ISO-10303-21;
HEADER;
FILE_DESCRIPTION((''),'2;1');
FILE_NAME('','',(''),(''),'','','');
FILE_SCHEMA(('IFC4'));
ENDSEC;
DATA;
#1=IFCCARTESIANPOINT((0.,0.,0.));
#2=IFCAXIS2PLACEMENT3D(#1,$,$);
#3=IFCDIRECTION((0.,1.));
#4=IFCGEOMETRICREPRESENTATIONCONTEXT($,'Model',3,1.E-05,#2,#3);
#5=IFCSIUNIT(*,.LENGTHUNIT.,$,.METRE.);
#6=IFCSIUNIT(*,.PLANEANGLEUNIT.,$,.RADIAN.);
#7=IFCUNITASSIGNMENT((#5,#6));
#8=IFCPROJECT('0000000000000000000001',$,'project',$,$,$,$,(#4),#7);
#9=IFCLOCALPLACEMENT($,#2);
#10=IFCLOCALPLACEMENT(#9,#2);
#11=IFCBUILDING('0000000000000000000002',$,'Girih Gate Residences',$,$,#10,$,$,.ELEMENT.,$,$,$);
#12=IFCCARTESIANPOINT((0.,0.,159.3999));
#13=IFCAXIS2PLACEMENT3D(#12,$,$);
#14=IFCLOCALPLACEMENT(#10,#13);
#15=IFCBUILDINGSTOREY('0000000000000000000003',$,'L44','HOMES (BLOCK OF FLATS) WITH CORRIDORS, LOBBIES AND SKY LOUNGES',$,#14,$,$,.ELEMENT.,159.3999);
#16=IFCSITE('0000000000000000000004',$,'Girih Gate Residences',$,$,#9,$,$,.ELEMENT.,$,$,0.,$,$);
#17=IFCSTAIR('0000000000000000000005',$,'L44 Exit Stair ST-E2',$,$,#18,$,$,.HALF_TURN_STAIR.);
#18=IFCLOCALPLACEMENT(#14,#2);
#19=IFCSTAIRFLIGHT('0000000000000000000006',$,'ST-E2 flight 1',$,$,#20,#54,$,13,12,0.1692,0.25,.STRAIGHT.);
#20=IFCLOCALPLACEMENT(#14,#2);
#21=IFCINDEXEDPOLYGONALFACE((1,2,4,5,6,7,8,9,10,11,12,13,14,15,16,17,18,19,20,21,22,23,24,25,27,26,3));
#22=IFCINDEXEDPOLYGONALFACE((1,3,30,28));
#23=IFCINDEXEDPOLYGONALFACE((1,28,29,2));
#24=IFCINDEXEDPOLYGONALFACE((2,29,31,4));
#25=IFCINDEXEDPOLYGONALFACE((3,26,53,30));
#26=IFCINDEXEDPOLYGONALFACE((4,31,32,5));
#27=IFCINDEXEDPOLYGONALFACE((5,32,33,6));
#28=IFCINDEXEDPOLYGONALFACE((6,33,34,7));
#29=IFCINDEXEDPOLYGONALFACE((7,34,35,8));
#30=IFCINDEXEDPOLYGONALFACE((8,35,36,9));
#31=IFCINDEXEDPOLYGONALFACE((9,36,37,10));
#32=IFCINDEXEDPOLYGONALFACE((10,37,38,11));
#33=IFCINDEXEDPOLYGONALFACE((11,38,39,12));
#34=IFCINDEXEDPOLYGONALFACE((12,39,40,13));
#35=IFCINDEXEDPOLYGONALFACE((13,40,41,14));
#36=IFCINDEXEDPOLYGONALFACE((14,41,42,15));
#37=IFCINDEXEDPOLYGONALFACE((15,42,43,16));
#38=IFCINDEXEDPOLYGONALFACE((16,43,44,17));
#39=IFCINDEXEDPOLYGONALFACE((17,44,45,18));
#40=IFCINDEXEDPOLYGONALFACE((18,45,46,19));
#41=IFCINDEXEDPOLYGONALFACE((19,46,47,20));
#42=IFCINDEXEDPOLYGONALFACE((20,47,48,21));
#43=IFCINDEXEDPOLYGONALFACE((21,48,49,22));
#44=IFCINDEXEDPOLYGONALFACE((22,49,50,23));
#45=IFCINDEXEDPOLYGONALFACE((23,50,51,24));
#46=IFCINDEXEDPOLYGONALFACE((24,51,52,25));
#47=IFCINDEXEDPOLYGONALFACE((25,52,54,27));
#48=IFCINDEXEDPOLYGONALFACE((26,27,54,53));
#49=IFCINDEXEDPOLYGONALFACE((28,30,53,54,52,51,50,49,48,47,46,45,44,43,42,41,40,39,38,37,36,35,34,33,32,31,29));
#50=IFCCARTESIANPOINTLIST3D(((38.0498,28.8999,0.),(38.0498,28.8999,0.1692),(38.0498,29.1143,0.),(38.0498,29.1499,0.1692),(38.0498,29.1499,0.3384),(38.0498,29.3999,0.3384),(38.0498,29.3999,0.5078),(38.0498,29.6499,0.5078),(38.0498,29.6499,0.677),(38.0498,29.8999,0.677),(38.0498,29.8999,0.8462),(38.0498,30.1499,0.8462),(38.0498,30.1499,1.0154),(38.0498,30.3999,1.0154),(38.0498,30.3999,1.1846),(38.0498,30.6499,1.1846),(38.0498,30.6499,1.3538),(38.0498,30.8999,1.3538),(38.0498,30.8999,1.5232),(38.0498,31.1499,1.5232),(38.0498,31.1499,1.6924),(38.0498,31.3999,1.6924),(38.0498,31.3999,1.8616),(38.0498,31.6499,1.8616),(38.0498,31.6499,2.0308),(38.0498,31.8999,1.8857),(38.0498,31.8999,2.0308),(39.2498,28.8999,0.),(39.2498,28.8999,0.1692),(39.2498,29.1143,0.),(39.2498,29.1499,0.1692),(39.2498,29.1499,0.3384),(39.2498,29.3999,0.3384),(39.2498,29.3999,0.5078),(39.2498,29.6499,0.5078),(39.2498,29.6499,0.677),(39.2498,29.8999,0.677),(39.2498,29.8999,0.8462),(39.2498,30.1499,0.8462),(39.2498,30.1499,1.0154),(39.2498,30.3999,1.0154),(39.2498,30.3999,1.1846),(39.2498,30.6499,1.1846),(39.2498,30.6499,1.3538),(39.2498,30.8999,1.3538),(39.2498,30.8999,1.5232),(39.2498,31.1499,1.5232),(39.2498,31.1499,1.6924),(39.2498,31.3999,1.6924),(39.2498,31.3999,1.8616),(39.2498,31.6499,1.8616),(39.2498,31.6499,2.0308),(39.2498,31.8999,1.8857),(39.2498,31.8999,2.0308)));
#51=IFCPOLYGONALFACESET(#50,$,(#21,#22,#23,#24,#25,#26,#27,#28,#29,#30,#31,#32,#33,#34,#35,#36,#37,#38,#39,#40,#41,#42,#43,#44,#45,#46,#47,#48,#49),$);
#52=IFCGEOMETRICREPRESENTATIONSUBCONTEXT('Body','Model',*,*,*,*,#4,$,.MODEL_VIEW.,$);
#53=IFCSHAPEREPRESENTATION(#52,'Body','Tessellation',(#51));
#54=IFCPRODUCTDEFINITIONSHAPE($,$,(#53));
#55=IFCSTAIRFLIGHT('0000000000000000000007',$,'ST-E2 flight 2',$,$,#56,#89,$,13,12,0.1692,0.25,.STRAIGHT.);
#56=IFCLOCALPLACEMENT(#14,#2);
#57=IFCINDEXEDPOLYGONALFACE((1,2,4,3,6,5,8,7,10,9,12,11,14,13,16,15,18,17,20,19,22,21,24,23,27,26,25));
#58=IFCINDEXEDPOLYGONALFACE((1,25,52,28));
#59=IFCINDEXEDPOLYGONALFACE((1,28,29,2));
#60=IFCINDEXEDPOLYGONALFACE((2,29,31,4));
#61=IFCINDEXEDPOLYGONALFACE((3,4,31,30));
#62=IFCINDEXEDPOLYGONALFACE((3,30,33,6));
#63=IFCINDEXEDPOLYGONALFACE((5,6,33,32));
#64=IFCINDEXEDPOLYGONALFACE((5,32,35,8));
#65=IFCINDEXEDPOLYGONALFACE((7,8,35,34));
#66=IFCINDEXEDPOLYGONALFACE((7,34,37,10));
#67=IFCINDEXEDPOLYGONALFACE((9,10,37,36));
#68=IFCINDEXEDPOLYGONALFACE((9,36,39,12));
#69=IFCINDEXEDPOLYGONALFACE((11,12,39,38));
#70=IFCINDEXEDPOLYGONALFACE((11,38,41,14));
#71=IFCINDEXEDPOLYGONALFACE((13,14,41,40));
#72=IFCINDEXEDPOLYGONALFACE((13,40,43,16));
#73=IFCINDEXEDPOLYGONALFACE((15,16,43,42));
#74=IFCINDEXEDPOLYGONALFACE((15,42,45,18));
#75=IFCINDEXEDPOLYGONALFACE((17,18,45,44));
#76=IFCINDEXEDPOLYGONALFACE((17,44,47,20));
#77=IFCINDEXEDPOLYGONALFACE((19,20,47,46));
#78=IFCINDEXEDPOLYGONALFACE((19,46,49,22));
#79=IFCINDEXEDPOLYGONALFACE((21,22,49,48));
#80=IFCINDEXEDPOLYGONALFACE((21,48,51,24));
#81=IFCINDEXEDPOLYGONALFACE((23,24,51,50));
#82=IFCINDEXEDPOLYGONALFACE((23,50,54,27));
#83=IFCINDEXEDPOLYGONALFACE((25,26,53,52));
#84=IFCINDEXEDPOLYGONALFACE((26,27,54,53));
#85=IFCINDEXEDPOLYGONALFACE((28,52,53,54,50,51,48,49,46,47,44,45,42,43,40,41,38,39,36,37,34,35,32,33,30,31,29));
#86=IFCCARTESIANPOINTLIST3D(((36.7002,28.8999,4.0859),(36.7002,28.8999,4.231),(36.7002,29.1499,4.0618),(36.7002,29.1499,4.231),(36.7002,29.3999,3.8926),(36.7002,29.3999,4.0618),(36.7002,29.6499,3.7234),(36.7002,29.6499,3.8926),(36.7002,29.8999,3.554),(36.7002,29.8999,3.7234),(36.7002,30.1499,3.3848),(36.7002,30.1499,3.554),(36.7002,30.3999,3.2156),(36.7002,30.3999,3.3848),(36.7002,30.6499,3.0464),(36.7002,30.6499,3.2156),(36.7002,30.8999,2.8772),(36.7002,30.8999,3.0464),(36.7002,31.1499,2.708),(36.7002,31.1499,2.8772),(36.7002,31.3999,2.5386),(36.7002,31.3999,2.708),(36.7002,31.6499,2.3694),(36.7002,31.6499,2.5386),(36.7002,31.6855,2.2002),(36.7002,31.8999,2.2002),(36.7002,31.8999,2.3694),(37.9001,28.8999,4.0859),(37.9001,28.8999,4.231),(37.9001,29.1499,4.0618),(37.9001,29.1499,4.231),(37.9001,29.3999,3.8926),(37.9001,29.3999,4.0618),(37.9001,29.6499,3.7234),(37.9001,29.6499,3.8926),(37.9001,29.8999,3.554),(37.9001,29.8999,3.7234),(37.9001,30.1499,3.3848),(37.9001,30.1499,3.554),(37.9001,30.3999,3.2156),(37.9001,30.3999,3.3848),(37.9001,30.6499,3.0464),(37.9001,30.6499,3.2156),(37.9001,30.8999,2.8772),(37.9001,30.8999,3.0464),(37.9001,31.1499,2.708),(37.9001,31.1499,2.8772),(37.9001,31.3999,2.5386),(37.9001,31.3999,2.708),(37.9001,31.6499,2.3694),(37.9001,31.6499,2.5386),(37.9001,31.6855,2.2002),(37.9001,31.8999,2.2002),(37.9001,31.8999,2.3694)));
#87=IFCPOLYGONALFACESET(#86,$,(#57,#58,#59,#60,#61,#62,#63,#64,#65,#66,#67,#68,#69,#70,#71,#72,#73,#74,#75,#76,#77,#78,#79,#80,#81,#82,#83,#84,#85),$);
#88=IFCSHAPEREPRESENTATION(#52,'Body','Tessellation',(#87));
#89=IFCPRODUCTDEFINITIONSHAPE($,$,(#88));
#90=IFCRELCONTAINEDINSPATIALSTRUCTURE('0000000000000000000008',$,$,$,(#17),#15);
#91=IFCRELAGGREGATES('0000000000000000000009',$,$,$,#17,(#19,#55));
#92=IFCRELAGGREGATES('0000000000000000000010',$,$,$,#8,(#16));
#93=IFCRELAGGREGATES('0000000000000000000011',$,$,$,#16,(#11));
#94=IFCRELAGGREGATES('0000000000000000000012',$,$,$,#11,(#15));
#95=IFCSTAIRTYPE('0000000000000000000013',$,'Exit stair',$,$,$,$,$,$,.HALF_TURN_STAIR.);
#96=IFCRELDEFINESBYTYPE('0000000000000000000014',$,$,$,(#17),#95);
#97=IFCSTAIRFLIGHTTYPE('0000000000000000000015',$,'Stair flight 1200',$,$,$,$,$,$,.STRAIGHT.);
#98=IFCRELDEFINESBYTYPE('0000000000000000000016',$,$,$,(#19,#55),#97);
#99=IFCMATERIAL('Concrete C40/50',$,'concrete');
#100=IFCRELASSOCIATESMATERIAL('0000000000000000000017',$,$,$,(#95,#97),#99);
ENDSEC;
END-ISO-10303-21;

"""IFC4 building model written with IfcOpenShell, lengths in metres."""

from ifc_helpers import new_model, si_unit, direction, frame, origin, place, context, subcontext, project, spatial, polyline, outline, extrude, material, type_object, element, aggregate, save


model = new_model("IFC4")

# Units and contexts
model_context = context("Model", 3, precision=1e-05, world=origin(), true_north=direction((0.0, 1.0)))
body_context = subcontext(model_context, "Body", "Model", "MODEL_VIEW")
ifc_project = project(units=[si_unit("LENGTHUNIT", "METRE"), si_unit("PLANEANGLEUNIT", "RADIAN")], contexts=[model_context])

# Site, building, storey
site_placement = place(None, origin())
site = spatial("IfcSite", under=ifc_project, at=site_placement, Name="Girih Gate Residences", CompositionType="ELEMENT", RefElevation=0.0)
building_placement = place(site_placement, origin())
building = spatial("IfcBuilding", under=site, at=building_placement, Name="Girih Gate Residences", CompositionType="ELEMENT")
storey_placement = place(building_placement, frame((0.0, 0.0, 159.3999)))
storey = spatial("IfcBuildingStorey", under=building, at=storey_placement, Name="L44", Description="HOMES (BLOCK OF FLATS) WITH CORRIDORS, LOBBIES AND SKY LOUNGES", CompositionType="ELEMENT", Elevation=159.3999)

# Shared definitions
ifc_material_1 = material(Name="Concrete C40/50", Category="concrete")

# Stair, stair flights
stair_type = type_object("IfcStairType", Name="Exit stair", PredefinedType="HALF_TURN_STAIR", material=ifc_material_1)
stair_placement = place(storey_placement, origin())
stair = element("IfcStair", 1, at=stair_placement, inside=storey, type_object=stair_type, Name="L44 Exit Stair ST-E2", PredefinedType="HALF_TURN_STAIR")
stair_flight_type = type_object("IfcStairFlightType", Name="Stair flight 1200", PredefinedType="STRAIGHT", material=ifc_material_1)
stair_flight_1_placement = place(storey_placement, frame((38.6499, 28.8999, 0.0), z_axis=(0.0, 0.0, 1.0), x_axis=(0.0, 1.0, 0.0)))
stair_flight_1 = element("IfcStairFlight", 2, at=stair_flight_1_placement, type_object=stair_flight_type, Name="ST-E2 flight 1", NumberOfRisers=13, NumberOfTreads=12, PredefinedType="STRAIGHT", RiserHeight=0.1692, TreadLength=0.25, context=body_context, shape_type="SweptSolid", body=[
    extrude(outline(polyline([(0.0, 0.0), (0.0, 0.1692), (0.25, 0.1692), (0.25, 0.3384), (0.5, 0.3384), (0.5, 0.5078), (0.75, 0.5078), (0.75, 0.677), (1.0, 0.677), (1.0, 0.8462), (1.25, 0.8462), (1.25, 1.0154), (1.5, 1.0154), (1.5, 1.1846), (1.75, 1.1846), (1.75, 1.3538), (2.0, 1.3538), (2.0, 1.5232), (2.25, 1.5232), (2.25, 1.6924), (2.5, 1.6924), (2.5, 1.8616), (2.75, 1.8616), (2.75, 2.0308), (3.0, 2.0308), (3.0, 2.2), (3.0, 1.8857), (0.2144, 0.0), (0.0, 0.0)])), frame((0.0, 0.6001, 0.0), z_axis=(0.0, -1.0, 0.0), x_axis=(1.0, 0.0, 0.0)), (0.0, 0.0, 1.0), 1.2),
])
stair_flight_2_placement = place(storey_placement, frame((37.3, 31.8999, 2.2002), z_axis=(0.0, 0.0, 1.0), x_axis=(0.0, -1.0, 0.0)))
stair_flight_2 = element("IfcStairFlight", 3, at=stair_flight_2_placement, type_object=stair_flight_type, Name="ST-E2 flight 2", NumberOfRisers=13, NumberOfTreads=12, PredefinedType="STRAIGHT", RiserHeight=0.1692, TreadLength=0.25, context=body_context, shape_type="SweptSolid", body=[
    extrude(outline(polyline([(0.0, 0.0), (0.0, 0.1692), (0.25, 0.1692), (0.25, 0.3384), (0.5, 0.3384), (0.5, 0.5078), (0.75, 0.5078), (0.75, 0.677), (1.0, 0.677), (1.0, 0.8462), (1.25, 0.8462), (1.25, 1.0154), (1.5, 1.0154), (1.5, 1.1846), (1.75, 1.1846), (1.75, 1.3538), (2.0, 1.3538), (2.0, 1.5232), (2.25, 1.5232), (2.25, 1.6924), (2.5, 1.6924), (2.5, 1.8616), (2.75, 1.8616), (2.75, 2.0308), (3.0, 2.0308), (3.0, 2.2), (3.0, 1.8857), (0.2144, 0.0), (0.0, 0.0)])), frame((0.0, 0.6001, 0.0), z_axis=(0.0, -1.0, 0.0), x_axis=(1.0, 0.0, 0.0)), (0.0, 0.0, 1.0), 1.2),
])
aggregate(stair, [stair_flight_1, stair_flight_2])

save(model, "model.ifc")
